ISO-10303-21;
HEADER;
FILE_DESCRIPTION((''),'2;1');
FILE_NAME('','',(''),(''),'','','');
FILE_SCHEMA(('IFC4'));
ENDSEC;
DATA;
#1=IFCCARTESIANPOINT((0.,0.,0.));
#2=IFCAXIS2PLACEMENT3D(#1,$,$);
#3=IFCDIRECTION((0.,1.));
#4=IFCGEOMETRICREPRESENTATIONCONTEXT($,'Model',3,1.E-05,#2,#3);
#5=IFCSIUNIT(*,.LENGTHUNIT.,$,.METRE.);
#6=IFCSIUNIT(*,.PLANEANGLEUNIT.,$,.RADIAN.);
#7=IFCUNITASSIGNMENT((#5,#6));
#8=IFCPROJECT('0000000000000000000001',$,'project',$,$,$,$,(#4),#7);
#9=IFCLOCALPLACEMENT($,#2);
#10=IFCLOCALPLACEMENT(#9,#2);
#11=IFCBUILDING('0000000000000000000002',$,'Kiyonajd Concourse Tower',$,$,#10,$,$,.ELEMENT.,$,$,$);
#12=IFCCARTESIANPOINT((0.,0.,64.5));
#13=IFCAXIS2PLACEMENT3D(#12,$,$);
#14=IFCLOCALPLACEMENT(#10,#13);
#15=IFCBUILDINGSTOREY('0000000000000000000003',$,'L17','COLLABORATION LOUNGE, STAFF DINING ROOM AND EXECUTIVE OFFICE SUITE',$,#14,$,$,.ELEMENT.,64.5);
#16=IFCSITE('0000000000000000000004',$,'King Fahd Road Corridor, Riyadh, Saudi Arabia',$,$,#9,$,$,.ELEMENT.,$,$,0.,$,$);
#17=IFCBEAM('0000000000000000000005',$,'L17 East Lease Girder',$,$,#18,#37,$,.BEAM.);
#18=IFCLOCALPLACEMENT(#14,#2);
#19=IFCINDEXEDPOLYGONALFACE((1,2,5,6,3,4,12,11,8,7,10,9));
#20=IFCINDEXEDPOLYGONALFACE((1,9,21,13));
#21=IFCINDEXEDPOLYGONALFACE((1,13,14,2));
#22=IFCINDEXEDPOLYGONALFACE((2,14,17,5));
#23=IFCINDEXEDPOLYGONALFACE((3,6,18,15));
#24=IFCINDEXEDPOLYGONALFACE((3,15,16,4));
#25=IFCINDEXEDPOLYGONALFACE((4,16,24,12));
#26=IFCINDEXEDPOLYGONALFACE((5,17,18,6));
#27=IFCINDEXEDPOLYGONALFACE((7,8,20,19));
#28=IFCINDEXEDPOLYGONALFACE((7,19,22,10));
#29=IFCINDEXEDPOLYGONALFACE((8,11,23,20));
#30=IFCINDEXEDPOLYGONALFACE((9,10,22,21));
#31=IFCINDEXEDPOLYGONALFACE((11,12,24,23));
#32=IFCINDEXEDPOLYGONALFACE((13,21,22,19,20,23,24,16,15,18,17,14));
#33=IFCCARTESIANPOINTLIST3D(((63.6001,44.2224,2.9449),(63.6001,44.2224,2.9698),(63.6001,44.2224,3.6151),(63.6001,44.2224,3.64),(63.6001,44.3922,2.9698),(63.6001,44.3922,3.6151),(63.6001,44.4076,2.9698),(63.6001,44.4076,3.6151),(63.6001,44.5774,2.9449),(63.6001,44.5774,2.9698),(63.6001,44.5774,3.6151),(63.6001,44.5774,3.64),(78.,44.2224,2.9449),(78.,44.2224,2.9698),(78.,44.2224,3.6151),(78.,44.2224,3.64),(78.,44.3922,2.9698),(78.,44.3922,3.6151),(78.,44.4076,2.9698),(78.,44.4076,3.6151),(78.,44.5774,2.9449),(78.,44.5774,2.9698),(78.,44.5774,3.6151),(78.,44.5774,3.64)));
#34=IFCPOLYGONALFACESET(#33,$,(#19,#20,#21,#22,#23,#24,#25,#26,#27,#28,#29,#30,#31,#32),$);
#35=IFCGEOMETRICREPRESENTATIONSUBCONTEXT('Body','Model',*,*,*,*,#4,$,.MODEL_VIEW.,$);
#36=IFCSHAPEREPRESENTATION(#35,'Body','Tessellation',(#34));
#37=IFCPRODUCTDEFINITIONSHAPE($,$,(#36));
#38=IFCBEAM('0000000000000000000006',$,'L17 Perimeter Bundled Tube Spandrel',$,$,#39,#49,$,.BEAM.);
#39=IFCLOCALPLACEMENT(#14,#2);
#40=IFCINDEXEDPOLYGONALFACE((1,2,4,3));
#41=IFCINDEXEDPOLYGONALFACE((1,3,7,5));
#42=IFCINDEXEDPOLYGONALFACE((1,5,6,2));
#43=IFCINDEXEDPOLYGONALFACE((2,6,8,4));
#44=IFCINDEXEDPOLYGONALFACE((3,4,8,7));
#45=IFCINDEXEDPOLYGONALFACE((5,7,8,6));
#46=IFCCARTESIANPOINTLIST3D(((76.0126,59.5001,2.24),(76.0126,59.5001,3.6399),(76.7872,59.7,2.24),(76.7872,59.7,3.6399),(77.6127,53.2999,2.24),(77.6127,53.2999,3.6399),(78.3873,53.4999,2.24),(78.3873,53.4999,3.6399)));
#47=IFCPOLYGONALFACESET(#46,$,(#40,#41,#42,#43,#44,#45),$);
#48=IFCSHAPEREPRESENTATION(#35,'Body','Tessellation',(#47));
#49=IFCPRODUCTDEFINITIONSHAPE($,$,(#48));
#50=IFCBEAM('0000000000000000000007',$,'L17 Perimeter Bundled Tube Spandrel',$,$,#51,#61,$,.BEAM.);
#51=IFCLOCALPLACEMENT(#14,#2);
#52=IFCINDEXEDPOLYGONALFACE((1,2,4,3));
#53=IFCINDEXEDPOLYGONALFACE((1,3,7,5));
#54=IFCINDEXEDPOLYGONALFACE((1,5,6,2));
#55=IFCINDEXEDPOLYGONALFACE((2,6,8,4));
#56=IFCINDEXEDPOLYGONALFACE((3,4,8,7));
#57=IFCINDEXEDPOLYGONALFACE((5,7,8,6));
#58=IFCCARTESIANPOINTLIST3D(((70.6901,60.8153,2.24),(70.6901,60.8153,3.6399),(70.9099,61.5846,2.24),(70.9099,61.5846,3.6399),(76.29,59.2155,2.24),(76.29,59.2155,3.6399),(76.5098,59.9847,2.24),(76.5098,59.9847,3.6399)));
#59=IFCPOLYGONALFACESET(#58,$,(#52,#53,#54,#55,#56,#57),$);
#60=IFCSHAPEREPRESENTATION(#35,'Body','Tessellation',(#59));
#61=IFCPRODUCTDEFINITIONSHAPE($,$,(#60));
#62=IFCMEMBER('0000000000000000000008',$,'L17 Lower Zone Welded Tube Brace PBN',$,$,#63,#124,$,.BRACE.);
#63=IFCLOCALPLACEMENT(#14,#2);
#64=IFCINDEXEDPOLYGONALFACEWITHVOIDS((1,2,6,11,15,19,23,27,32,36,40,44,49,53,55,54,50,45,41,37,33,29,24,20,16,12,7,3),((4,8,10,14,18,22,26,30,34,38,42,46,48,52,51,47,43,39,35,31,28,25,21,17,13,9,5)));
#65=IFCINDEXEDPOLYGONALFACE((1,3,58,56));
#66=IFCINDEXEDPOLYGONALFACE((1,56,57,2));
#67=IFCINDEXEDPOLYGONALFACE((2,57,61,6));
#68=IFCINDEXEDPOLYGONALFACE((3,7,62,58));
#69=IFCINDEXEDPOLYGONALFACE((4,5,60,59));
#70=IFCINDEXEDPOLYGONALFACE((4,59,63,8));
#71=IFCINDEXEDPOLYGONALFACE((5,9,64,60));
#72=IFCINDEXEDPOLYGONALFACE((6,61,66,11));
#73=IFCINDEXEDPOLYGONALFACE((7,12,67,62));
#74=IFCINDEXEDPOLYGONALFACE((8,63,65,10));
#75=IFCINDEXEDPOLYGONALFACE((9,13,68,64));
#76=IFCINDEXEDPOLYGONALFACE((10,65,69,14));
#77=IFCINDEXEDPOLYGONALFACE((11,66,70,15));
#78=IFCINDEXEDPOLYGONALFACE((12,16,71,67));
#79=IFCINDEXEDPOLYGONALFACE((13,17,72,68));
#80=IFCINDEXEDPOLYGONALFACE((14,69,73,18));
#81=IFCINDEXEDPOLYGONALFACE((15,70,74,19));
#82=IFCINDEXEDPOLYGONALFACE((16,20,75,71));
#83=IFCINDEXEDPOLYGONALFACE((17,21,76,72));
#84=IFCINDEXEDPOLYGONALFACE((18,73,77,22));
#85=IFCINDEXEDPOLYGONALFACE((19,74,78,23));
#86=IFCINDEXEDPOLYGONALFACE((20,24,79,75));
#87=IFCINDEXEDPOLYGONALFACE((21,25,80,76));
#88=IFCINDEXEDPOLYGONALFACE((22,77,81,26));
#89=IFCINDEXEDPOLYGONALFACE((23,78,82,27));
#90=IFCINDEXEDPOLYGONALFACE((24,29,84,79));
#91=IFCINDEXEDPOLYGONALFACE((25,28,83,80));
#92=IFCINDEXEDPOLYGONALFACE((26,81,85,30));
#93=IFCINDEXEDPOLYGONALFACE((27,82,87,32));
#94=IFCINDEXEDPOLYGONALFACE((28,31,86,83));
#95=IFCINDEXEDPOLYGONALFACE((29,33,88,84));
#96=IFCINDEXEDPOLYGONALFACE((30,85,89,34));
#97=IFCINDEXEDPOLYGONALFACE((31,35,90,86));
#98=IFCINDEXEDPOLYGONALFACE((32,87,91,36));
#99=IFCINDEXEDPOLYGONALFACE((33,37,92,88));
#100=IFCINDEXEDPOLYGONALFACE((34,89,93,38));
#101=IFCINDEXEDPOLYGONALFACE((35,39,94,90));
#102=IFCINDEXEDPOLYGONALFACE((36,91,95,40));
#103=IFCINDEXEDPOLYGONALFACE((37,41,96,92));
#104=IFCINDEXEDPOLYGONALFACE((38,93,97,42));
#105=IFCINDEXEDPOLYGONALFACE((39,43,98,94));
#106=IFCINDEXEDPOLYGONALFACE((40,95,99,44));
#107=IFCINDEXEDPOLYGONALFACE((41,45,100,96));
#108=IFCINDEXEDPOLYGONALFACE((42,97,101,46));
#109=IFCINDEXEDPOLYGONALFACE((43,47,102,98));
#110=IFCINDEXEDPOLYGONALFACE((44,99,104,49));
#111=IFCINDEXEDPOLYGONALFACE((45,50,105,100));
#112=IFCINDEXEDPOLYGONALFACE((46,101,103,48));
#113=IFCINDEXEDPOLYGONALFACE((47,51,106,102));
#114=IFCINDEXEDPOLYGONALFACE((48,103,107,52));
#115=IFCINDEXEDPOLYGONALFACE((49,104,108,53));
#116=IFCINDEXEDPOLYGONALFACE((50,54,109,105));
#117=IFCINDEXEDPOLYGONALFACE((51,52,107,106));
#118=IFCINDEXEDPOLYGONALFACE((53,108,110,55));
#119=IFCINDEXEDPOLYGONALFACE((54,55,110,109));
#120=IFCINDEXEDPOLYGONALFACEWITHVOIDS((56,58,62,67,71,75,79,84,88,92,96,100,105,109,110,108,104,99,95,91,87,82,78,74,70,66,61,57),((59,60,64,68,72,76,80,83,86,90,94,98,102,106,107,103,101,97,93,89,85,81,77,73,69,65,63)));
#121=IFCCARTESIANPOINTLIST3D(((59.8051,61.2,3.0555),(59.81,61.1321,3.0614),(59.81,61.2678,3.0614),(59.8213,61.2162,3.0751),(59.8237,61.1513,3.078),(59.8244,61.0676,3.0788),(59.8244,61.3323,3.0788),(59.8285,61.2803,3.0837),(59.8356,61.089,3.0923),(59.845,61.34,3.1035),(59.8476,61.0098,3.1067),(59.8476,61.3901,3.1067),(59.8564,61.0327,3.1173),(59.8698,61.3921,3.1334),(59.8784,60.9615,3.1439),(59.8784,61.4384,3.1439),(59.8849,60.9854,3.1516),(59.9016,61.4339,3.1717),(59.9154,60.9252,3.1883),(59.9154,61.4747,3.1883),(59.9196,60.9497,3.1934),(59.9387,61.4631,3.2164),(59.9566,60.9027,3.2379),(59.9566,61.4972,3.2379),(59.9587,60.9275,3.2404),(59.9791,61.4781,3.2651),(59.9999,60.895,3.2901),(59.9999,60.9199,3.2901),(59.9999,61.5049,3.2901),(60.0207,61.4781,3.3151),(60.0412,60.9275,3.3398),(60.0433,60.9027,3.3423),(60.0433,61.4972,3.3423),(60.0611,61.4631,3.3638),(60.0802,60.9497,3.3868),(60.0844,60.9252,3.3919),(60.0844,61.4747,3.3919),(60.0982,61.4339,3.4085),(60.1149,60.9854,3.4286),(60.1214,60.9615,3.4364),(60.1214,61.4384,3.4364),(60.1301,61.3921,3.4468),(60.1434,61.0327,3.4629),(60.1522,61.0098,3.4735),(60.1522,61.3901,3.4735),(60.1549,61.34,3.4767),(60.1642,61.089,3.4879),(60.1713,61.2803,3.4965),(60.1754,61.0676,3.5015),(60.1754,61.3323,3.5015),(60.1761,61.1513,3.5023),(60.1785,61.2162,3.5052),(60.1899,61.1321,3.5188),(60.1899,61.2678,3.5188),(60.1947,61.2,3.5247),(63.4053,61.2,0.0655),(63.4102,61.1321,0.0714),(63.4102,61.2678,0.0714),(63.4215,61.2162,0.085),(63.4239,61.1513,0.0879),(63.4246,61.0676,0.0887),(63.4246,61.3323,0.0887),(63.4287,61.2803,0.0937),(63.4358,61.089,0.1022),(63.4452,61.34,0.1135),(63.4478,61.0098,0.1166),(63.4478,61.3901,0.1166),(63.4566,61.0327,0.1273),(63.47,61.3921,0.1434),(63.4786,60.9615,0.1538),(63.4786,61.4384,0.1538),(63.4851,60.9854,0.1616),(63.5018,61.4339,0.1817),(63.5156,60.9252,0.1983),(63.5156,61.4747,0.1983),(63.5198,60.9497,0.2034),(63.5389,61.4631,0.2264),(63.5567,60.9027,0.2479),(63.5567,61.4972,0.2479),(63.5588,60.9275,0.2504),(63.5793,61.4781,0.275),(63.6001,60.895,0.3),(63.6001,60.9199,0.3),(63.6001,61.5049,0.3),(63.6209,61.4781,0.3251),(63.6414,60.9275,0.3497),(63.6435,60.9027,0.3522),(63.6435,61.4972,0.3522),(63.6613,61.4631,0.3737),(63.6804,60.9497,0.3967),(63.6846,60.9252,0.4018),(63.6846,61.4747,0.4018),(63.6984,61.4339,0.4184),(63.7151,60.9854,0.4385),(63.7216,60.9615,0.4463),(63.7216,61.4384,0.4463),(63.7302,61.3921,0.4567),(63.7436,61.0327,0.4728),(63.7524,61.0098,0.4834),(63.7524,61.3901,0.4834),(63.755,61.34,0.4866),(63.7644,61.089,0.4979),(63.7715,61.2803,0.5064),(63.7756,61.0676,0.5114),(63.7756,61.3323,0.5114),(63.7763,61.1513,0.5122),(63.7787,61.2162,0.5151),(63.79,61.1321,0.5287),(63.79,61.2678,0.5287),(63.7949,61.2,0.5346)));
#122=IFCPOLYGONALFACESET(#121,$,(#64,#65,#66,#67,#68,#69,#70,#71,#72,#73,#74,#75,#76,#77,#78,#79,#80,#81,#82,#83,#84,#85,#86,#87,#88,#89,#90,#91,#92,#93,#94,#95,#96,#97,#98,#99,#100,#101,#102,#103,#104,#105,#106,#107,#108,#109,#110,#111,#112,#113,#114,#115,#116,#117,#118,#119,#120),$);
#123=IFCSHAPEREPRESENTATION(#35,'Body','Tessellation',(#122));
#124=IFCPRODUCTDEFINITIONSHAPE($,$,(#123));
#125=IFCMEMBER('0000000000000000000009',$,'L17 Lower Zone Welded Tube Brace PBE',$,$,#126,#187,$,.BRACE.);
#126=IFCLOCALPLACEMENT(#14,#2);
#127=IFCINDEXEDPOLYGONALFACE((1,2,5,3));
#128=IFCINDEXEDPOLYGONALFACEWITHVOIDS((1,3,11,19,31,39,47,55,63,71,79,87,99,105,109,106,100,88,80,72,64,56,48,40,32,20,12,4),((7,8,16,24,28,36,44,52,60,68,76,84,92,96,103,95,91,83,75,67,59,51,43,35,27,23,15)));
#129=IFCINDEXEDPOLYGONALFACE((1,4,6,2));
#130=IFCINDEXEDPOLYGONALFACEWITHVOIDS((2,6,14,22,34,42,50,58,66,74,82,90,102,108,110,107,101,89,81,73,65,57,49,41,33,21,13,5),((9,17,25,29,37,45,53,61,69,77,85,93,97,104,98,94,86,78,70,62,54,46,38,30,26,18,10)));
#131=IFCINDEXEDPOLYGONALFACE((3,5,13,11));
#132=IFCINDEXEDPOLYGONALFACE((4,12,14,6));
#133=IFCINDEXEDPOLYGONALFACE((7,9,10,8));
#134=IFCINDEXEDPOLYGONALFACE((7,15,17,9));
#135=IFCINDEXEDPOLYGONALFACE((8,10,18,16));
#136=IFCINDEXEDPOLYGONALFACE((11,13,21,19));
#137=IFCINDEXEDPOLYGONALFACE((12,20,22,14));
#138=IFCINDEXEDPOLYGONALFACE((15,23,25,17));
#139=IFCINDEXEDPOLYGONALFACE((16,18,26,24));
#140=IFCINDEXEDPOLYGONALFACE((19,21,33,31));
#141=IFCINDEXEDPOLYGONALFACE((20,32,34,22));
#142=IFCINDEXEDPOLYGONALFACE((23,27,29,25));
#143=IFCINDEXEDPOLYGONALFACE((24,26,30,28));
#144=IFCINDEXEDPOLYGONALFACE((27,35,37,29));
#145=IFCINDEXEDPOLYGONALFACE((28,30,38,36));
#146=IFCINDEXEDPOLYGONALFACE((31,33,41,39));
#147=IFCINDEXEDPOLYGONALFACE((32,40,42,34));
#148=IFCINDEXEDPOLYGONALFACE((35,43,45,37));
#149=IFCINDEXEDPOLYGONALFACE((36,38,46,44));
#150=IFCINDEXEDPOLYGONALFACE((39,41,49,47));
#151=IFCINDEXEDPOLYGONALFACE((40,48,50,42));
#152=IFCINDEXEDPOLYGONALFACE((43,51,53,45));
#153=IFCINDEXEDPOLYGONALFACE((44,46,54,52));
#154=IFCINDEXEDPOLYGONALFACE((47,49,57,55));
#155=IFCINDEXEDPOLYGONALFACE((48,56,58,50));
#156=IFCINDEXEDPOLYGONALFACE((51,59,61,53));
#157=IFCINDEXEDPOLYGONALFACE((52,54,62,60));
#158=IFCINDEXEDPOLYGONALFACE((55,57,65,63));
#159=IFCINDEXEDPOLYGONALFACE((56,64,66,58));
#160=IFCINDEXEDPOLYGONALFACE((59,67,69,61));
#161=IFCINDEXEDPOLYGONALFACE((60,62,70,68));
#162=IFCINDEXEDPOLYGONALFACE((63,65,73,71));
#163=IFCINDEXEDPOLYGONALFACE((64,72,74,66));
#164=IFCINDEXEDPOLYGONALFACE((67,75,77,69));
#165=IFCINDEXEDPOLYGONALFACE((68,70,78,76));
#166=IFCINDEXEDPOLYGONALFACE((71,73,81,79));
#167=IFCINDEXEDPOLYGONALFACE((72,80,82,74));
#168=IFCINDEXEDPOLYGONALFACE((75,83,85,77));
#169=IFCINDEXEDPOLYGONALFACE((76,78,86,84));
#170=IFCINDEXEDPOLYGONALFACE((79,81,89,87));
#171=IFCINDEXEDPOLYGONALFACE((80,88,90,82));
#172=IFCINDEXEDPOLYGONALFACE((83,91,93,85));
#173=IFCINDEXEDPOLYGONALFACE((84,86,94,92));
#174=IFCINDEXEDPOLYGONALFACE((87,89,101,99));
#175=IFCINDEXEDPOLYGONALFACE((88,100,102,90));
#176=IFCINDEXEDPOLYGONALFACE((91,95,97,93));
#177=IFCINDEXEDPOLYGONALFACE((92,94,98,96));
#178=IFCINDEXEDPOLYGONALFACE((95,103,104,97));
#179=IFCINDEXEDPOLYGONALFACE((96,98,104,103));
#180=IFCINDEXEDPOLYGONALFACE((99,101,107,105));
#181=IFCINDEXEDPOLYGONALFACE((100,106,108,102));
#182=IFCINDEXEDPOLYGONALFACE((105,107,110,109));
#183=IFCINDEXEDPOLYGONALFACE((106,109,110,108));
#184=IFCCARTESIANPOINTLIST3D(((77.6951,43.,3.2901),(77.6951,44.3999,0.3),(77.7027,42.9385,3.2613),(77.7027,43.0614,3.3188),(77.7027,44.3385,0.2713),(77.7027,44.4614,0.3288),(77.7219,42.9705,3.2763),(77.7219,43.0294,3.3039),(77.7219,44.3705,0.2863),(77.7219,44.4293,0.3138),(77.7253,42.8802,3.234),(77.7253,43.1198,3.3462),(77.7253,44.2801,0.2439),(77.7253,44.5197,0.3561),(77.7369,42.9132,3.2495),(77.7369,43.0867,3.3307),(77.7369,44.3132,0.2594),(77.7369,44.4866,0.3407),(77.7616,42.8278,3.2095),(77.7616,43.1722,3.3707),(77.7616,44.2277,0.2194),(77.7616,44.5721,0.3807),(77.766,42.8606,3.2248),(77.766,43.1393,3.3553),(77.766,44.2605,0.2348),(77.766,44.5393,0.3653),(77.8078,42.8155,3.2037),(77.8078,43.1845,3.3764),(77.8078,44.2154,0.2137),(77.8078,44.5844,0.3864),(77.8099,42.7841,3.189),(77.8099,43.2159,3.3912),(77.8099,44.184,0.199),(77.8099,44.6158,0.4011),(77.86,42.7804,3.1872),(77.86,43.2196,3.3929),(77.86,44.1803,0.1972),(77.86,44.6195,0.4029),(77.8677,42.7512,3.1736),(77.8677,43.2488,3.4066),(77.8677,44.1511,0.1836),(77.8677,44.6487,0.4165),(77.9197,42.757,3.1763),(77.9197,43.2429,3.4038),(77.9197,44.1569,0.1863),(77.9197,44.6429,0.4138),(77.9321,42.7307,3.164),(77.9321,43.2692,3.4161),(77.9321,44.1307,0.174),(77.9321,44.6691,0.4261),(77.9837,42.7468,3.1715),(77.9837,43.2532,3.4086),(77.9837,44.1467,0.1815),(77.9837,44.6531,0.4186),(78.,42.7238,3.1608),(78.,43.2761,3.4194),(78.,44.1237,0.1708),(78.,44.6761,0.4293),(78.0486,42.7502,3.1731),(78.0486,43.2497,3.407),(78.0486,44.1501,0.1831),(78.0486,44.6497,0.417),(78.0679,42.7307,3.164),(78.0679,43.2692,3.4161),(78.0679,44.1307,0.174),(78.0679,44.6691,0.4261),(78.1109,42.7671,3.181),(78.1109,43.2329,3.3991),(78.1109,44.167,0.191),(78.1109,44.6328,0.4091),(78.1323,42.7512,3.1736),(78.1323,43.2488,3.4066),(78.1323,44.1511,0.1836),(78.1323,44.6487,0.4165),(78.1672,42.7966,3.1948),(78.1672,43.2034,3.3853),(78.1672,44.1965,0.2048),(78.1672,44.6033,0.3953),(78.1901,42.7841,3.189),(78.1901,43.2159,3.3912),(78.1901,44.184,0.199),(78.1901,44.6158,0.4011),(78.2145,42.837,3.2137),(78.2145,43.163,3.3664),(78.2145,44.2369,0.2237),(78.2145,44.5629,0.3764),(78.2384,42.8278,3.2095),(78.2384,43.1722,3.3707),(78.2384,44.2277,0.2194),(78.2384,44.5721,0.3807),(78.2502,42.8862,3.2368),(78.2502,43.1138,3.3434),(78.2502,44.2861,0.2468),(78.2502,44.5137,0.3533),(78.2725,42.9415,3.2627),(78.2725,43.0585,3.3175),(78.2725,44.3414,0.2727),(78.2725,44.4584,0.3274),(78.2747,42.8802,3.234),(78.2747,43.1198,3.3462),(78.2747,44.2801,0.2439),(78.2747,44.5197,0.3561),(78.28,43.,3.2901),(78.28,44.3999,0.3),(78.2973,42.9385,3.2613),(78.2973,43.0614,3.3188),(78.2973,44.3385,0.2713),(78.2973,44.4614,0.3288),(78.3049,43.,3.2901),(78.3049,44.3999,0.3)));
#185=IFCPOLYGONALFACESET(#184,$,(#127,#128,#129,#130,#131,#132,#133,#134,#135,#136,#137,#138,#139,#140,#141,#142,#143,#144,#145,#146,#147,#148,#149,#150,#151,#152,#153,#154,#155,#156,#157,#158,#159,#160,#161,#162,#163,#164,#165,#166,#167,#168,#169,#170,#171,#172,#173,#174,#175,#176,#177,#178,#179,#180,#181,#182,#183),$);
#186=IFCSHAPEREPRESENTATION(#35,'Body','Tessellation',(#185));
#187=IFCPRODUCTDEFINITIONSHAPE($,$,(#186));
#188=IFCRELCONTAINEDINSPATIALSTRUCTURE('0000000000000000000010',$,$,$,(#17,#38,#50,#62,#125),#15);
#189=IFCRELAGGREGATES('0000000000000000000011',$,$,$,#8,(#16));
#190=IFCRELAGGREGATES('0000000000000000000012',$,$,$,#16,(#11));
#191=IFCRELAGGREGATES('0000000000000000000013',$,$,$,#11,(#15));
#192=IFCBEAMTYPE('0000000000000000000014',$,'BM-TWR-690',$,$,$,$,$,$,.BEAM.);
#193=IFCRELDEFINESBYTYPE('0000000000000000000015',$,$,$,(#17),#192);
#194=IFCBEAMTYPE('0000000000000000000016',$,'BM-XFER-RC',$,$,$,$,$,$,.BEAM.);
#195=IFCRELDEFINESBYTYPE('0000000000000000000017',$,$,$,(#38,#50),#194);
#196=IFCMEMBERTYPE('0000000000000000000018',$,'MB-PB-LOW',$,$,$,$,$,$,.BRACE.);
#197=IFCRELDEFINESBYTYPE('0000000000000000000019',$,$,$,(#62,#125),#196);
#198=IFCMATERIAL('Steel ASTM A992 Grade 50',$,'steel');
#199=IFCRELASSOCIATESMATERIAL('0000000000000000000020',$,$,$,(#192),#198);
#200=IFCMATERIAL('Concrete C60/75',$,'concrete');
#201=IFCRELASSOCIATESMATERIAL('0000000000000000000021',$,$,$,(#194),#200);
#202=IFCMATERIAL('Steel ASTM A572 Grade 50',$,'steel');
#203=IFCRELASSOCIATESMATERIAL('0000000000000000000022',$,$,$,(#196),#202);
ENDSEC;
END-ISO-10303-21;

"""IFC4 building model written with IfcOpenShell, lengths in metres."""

from ifc_helpers import new_model, si_unit, direction, frame, origin, origin_2d, place, context, subcontext, project, spatial, rectangle, hollow_circle, i_section, extrude, material, material_profile, profile_set, type_object, element, save


model = new_model("IFC4")

# Units and contexts
model_context = context("Model", 3, precision=1e-05, world=origin(), true_north=direction((0.0, 1.0)))
body_context = subcontext(model_context, "Body", "Model", "MODEL_VIEW")
ifc_project = project(units=[si_unit("LENGTHUNIT", "METRE"), si_unit("PLANEANGLEUNIT", "RADIAN")], contexts=[model_context])

# Site, building, storey
site_placement = place(None, origin())
site = spatial("IfcSite", under=ifc_project, at=site_placement, Name="King Fahd Road Corridor, Riyadh, Saudi Arabia", CompositionType="ELEMENT", RefElevation=0.0)
building_placement = place(site_placement, origin())
building = spatial("IfcBuilding", under=site, at=building_placement, Name="Kiyonajd Concourse Tower", CompositionType="ELEMENT")
storey_placement = place(building_placement, frame((0.0, 0.0, 64.5)))
storey = spatial("IfcBuildingStorey", under=building, at=storey_placement, Name="L17", Description="COLLABORATION LOUNGE, STAFF DINING ROOM AND EXECUTIVE OFFICE SUITE", CompositionType="ELEMENT", Elevation=64.5)

# Beams
ifc_material_1 = material(Name="Steel ASTM A992 Grade 50", Category="steel")
ifc_material_profile_1 = material_profile(ifc_material_1, i_section(OverallWidth=0.355, OverallDepth=0.6951, WebThickness=0.0154, FlangeThickness=0.0249, at=origin_2d()), Name="W690X217")
ifc_profile_set_1 = profile_set([ifc_material_profile_1], Name="Steel ASTM A992 Grade 50")
beam_type_1 = type_object("IfcBeamType", Name="BM-TWR-690", PredefinedType="BEAM", material=ifc_profile_set_1)
beam_1_placement = place(storey_placement, frame((63.6001, 44.3999, 3.2925), z_axis=(1.0, 0.0, 0.0), x_axis=(0.0, 1.0, 0.0)))
element("IfcBeam", 1, at=beam_1_placement, inside=storey, type_object=beam_type_1, Name="L17 East Lease Girder", PredefinedType="BEAM", context=body_context, shape_type="SweptSolid", body=[
    extrude(i_section(OverallWidth=0.355, OverallDepth=0.6951, WebThickness=0.0154, FlangeThickness=0.0249, at=origin_2d()), origin(), (0.0, 0.0, 1.0), 14.3999),
])
ifc_material_2 = material(Name="Concrete C60/75", Category="concrete")
ifc_material_profile_2 = material_profile(ifc_material_2, rectangle(XDim=0.8, YDim=1.3999, at=origin_2d()), Name="RCBM-800x1400")
ifc_profile_set_2 = profile_set([ifc_material_profile_2], Name="Concrete C60/75")
beam_type_2 = type_object("IfcBeamType", Name="BM-XFER-RC", PredefinedType="BEAM", material=ifc_profile_set_2)
beam_2_placement = place(storey_placement, frame((78.0, 53.3999, 2.9399), z_axis=(-0.249885, 0.968276, 0.0), x_axis=(-0.968276, -0.249885, 0.0)))
element("IfcBeam", 2, at=beam_2_placement, inside=storey, type_object=beam_type_2, Name="L17 Perimeter Bundled Tube Spandrel", PredefinedType="BEAM", context=body_context, shape_type="SweptSolid", body=[
    extrude(rectangle(XDim=0.8, YDim=1.3999, at=origin_2d()), origin(), (0.0, 0.0, 1.0), 6.4033),
])
beam_3_placement = place(storey_placement, frame((76.3999, 59.6001, 2.9399), z_axis=(-0.961529, 0.274705, 0.0), x_axis=(-0.274705, -0.961529, 0.0)))
element("IfcBeam", 3, at=beam_3_placement, inside=storey, type_object=beam_type_2, Name="L17 Perimeter Bundled Tube Spandrel", PredefinedType="BEAM", context=body_context, shape_type="SweptSolid", body=[
    extrude(rectangle(XDim=0.8, YDim=1.3999, at=origin_2d()), origin(), (0.0, 0.0, 1.0), 5.824),
])

# Members
ifc_material_3 = material(Name="Steel ASTM A572 Grade 50", Category="steel")
ifc_material_profile_3 = material_profile(ifc_material_3, hollow_circle(Radius=0.3049, WallThickness=0.0249, at=origin_2d()), Name="CHS-610x25")
ifc_profile_set_3 = profile_set([ifc_material_profile_3], Name="Steel ASTM A572 Grade 50")
member_type = type_object("IfcMemberType", Name="MB-PB-LOW", PredefinedType="BRACE", material=ifc_profile_set_3)
member_1_placement = place(storey_placement, frame((63.6001, 61.2, 0.3), z_axis=(-0.769281, 0.0, 0.638911), x_axis=(0.0, -1.0, 0.0)))
element("IfcMember", 4, at=member_1_placement, inside=storey, type_object=member_type, Name="L17 Lower Zone Welded Tube Brace PBN", PredefinedType="BRACE", context=body_context, shape_type="SweptSolid", body=[
    extrude(hollow_circle(Radius=0.3049, WallThickness=0.0249, at=origin_2d()), origin(), (0.0, 0.0, 1.0), 4.6799),
])
member_2_placement = place(storey_placement, frame((78.0, 44.3999, 0.3), z_axis=(0.0, -0.424023, 0.905652), x_axis=(1.0, 0.0, 0.0)))
element("IfcMember", 5, at=member_2_placement, inside=storey, type_object=member_type, Name="L17 Lower Zone Welded Tube Brace PBE", PredefinedType="BRACE", context=body_context, shape_type="SweptSolid", body=[
    extrude(hollow_circle(Radius=0.3049, WallThickness=0.0249, at=origin_2d()), origin(), (0.0, 0.0, 1.0), 3.3015),
])

save(model, "model.ifc")
